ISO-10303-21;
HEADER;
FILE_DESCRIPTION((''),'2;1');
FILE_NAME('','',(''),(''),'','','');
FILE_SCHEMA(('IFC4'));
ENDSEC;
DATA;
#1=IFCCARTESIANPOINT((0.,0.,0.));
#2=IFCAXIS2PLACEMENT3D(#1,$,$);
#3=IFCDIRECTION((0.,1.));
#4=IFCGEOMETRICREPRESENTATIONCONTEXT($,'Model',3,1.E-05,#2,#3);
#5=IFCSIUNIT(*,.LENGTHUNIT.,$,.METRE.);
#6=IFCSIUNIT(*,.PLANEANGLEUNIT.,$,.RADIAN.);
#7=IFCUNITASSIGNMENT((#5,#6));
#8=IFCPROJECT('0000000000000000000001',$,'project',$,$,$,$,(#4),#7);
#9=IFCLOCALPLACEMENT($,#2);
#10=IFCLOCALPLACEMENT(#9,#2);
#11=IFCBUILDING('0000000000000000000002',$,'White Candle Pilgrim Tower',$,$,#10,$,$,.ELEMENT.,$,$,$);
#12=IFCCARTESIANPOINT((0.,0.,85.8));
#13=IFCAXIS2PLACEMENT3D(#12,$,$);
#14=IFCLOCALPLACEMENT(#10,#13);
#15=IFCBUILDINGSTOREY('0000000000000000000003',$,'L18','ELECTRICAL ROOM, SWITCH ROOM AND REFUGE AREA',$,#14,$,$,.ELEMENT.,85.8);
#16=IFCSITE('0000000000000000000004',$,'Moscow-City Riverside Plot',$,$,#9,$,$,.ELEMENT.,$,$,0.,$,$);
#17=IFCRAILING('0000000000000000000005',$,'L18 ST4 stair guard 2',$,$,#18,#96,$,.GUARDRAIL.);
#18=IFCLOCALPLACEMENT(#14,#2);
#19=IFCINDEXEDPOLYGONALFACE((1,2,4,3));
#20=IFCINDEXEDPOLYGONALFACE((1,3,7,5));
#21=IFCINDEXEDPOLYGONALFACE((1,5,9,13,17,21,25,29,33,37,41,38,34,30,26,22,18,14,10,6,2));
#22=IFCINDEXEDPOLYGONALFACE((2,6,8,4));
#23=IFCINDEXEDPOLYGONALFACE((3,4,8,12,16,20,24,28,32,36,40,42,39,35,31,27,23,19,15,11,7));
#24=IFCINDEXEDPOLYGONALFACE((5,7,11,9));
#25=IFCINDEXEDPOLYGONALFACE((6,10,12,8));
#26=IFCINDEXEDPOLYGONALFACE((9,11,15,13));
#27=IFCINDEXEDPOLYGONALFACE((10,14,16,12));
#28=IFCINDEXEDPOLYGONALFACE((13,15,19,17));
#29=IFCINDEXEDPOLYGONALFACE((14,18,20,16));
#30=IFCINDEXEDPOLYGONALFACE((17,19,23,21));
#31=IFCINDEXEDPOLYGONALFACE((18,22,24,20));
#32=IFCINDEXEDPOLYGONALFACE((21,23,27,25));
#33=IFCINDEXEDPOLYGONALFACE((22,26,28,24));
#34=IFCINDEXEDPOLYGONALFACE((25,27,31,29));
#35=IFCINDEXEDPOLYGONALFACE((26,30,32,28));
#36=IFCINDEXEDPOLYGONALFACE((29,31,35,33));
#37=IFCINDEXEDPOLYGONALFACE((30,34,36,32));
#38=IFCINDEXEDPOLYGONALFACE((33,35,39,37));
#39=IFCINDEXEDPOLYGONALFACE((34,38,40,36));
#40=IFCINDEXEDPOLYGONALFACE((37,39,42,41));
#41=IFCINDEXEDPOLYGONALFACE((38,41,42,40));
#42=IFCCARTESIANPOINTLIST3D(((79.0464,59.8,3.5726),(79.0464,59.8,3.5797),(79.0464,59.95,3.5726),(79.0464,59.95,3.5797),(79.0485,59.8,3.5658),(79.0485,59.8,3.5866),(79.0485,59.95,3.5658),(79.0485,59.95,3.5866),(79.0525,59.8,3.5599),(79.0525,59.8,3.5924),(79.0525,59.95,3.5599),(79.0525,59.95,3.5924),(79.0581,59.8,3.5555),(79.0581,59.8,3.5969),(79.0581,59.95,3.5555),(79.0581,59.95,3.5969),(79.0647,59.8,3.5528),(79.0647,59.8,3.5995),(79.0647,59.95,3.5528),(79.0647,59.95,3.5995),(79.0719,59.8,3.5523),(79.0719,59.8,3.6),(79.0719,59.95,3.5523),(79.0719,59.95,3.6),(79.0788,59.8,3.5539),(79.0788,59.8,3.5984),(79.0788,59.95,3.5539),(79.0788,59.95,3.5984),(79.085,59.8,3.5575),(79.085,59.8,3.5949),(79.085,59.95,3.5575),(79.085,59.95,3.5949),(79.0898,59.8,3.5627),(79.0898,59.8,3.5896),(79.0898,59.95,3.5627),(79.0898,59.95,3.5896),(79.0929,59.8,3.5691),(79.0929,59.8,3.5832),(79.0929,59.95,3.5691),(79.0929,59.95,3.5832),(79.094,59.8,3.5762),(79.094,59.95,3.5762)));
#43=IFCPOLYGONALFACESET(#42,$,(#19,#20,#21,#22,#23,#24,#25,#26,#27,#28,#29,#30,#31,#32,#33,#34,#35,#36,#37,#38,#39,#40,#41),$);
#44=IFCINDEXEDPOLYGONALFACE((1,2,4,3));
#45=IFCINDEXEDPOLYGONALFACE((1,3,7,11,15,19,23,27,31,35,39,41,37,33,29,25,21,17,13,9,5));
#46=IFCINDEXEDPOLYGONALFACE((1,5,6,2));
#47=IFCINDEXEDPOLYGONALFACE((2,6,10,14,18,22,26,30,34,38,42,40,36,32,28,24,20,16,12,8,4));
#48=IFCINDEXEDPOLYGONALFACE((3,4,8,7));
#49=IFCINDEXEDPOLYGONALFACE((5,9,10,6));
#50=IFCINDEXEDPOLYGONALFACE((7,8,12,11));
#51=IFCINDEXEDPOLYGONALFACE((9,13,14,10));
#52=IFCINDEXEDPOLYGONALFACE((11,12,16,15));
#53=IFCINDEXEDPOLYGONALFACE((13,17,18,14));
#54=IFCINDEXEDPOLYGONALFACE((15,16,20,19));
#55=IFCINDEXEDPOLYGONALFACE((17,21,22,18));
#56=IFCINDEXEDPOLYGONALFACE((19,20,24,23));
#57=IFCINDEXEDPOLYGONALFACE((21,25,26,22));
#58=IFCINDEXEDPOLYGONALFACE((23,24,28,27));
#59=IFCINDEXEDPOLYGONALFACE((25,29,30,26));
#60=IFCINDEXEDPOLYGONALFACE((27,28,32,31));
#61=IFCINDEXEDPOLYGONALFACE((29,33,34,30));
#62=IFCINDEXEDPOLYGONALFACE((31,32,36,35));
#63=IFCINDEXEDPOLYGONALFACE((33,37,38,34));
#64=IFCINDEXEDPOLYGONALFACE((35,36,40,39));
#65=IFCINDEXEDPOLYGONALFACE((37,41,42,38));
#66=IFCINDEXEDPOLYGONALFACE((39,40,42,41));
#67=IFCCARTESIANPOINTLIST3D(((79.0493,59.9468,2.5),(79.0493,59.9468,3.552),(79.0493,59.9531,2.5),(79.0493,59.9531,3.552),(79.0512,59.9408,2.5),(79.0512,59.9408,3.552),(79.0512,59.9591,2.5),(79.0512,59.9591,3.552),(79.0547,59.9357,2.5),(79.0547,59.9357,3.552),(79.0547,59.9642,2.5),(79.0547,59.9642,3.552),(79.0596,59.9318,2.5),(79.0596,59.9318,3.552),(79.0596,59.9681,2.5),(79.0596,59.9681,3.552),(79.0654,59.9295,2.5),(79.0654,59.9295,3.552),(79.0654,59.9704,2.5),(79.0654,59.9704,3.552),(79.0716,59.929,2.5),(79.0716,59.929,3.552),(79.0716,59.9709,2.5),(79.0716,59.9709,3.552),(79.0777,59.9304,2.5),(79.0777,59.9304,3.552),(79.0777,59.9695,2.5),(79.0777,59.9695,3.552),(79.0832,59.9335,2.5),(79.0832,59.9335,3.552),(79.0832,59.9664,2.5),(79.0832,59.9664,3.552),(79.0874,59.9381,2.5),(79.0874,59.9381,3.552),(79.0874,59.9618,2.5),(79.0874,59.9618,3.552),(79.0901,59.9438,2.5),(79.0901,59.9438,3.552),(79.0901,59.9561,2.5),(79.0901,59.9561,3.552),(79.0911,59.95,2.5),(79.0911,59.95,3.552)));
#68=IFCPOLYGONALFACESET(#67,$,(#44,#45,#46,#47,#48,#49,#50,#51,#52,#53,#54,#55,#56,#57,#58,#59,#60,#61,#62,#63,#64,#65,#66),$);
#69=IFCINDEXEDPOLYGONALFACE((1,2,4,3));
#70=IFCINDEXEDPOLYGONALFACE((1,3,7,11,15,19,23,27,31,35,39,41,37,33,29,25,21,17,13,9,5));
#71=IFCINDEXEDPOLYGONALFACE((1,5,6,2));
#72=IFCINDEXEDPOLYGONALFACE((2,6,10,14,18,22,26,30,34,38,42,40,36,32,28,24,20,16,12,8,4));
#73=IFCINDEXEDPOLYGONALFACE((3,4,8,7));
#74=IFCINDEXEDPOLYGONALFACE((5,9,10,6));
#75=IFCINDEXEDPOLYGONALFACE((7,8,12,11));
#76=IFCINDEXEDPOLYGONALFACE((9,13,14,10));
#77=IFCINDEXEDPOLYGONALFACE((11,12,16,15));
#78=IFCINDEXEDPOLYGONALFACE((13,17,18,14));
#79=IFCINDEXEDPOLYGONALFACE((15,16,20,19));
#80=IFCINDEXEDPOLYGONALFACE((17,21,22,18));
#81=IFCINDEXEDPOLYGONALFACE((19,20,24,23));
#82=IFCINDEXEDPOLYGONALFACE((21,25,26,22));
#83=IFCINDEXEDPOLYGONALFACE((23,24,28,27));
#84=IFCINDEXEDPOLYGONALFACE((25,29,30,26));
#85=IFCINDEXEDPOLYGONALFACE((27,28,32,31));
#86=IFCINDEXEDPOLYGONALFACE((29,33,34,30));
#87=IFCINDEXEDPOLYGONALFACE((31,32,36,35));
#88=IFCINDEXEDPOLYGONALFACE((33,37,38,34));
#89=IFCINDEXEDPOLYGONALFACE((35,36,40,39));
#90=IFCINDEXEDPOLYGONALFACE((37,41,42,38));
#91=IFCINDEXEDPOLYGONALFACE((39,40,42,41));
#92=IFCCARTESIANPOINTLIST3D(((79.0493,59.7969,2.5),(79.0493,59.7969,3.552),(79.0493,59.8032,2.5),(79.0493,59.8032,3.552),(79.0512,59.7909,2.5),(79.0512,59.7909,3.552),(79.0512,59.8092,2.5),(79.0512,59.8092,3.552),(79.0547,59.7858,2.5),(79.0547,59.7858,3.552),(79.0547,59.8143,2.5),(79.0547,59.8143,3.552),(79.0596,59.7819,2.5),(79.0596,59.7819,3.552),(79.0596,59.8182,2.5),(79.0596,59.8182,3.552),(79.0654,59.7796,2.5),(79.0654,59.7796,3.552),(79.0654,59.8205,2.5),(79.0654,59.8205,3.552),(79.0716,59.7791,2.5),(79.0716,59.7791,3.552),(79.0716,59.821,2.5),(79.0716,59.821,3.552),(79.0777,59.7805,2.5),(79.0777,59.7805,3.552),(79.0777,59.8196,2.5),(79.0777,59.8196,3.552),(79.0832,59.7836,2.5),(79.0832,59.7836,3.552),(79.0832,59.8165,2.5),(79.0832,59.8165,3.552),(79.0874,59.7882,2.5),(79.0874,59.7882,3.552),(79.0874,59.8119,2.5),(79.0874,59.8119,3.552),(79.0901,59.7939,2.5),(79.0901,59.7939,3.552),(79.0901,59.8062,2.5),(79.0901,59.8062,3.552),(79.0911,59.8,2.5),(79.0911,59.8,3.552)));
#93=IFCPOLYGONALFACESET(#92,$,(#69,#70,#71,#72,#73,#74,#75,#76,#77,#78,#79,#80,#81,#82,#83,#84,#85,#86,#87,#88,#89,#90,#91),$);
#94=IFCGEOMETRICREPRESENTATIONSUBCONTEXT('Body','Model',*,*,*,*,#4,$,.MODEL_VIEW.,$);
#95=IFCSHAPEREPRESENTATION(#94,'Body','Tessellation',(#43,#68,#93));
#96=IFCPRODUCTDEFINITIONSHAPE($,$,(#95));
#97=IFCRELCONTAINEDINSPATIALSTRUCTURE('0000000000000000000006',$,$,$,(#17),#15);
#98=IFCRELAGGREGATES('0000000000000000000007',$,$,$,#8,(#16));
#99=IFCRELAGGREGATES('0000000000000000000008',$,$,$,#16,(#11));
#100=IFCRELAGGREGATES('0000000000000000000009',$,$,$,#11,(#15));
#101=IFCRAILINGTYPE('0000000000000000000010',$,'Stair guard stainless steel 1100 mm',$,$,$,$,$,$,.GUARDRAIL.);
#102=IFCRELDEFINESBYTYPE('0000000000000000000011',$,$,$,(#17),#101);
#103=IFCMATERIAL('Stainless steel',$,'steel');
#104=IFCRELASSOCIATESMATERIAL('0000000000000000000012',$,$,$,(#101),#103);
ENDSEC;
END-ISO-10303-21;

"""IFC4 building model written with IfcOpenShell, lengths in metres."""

from ifc_helpers import new_model, si_unit, direction, frame, origin, origin_2d, place, context, subcontext, project, spatial, circle, extrude, material, type_object, element, save


model = new_model("IFC4")

# Units and contexts
model_context = context("Model", 3, precision=1e-05, world=origin(), true_north=direction((0.0, 1.0)))
body_context = subcontext(model_context, "Body", "Model", "MODEL_VIEW")
ifc_project = project(units=[si_unit("LENGTHUNIT", "METRE"), si_unit("PLANEANGLEUNIT", "RADIAN")], contexts=[model_context])

# Site, building, storey
site_placement = place(None, origin())
site = spatial("IfcSite", under=ifc_project, at=site_placement, Name="Moscow-City Riverside Plot", CompositionType="ELEMENT", RefElevation=0.0)
building_placement = place(site_placement, origin())
building = spatial("IfcBuilding", under=site, at=building_placement, Name="White Candle Pilgrim Tower", CompositionType="ELEMENT")
storey_placement = place(building_placement, frame((0.0, 0.0, 85.8)))
storey = spatial("IfcBuildingStorey", under=building, at=storey_placement, Name="L18", Description="ELECTRICAL ROOM, SWITCH ROOM AND REFUGE AREA", CompositionType="ELEMENT", Elevation=85.8)

# Railing
ifc_material_1 = material(Name="Stainless steel", Category="steel")
railing_type_1 = type_object("IfcRailingType", Name="Stair guard stainless steel 1100 mm", PredefinedType="GUARDRAIL", material=ifc_material_1)
railing_1_placement = place(storey_placement, frame((79.0701, 59.95, 2.5)))
element("IfcRailing", 1, at=railing_1_placement, inside=storey, type_object=railing_type_1, Name="L18 ST4 stair guard 2", PredefinedType="GUARDRAIL", context=body_context, shape_type="SweptSolid", body=[
    extrude(circle(Radius=0.0239, at=origin_2d()), frame((0.0, 0.0, 1.0762), z_axis=(0.0, -1.0, 0.0), x_axis=(1.0, 0.0, 0.0)), (0.0, 0.0, 1.0), 0.1499),
    extrude(circle(Radius=0.021, at=origin_2d()), origin(), (0.0, 0.0, 1.0), 1.052),
    extrude(circle(Radius=0.021, at=origin_2d()), frame((0.0, -0.1499, 0.0)), (0.0, 0.0, 1.0), 1.052),
])

save(model, "model.ifc")
